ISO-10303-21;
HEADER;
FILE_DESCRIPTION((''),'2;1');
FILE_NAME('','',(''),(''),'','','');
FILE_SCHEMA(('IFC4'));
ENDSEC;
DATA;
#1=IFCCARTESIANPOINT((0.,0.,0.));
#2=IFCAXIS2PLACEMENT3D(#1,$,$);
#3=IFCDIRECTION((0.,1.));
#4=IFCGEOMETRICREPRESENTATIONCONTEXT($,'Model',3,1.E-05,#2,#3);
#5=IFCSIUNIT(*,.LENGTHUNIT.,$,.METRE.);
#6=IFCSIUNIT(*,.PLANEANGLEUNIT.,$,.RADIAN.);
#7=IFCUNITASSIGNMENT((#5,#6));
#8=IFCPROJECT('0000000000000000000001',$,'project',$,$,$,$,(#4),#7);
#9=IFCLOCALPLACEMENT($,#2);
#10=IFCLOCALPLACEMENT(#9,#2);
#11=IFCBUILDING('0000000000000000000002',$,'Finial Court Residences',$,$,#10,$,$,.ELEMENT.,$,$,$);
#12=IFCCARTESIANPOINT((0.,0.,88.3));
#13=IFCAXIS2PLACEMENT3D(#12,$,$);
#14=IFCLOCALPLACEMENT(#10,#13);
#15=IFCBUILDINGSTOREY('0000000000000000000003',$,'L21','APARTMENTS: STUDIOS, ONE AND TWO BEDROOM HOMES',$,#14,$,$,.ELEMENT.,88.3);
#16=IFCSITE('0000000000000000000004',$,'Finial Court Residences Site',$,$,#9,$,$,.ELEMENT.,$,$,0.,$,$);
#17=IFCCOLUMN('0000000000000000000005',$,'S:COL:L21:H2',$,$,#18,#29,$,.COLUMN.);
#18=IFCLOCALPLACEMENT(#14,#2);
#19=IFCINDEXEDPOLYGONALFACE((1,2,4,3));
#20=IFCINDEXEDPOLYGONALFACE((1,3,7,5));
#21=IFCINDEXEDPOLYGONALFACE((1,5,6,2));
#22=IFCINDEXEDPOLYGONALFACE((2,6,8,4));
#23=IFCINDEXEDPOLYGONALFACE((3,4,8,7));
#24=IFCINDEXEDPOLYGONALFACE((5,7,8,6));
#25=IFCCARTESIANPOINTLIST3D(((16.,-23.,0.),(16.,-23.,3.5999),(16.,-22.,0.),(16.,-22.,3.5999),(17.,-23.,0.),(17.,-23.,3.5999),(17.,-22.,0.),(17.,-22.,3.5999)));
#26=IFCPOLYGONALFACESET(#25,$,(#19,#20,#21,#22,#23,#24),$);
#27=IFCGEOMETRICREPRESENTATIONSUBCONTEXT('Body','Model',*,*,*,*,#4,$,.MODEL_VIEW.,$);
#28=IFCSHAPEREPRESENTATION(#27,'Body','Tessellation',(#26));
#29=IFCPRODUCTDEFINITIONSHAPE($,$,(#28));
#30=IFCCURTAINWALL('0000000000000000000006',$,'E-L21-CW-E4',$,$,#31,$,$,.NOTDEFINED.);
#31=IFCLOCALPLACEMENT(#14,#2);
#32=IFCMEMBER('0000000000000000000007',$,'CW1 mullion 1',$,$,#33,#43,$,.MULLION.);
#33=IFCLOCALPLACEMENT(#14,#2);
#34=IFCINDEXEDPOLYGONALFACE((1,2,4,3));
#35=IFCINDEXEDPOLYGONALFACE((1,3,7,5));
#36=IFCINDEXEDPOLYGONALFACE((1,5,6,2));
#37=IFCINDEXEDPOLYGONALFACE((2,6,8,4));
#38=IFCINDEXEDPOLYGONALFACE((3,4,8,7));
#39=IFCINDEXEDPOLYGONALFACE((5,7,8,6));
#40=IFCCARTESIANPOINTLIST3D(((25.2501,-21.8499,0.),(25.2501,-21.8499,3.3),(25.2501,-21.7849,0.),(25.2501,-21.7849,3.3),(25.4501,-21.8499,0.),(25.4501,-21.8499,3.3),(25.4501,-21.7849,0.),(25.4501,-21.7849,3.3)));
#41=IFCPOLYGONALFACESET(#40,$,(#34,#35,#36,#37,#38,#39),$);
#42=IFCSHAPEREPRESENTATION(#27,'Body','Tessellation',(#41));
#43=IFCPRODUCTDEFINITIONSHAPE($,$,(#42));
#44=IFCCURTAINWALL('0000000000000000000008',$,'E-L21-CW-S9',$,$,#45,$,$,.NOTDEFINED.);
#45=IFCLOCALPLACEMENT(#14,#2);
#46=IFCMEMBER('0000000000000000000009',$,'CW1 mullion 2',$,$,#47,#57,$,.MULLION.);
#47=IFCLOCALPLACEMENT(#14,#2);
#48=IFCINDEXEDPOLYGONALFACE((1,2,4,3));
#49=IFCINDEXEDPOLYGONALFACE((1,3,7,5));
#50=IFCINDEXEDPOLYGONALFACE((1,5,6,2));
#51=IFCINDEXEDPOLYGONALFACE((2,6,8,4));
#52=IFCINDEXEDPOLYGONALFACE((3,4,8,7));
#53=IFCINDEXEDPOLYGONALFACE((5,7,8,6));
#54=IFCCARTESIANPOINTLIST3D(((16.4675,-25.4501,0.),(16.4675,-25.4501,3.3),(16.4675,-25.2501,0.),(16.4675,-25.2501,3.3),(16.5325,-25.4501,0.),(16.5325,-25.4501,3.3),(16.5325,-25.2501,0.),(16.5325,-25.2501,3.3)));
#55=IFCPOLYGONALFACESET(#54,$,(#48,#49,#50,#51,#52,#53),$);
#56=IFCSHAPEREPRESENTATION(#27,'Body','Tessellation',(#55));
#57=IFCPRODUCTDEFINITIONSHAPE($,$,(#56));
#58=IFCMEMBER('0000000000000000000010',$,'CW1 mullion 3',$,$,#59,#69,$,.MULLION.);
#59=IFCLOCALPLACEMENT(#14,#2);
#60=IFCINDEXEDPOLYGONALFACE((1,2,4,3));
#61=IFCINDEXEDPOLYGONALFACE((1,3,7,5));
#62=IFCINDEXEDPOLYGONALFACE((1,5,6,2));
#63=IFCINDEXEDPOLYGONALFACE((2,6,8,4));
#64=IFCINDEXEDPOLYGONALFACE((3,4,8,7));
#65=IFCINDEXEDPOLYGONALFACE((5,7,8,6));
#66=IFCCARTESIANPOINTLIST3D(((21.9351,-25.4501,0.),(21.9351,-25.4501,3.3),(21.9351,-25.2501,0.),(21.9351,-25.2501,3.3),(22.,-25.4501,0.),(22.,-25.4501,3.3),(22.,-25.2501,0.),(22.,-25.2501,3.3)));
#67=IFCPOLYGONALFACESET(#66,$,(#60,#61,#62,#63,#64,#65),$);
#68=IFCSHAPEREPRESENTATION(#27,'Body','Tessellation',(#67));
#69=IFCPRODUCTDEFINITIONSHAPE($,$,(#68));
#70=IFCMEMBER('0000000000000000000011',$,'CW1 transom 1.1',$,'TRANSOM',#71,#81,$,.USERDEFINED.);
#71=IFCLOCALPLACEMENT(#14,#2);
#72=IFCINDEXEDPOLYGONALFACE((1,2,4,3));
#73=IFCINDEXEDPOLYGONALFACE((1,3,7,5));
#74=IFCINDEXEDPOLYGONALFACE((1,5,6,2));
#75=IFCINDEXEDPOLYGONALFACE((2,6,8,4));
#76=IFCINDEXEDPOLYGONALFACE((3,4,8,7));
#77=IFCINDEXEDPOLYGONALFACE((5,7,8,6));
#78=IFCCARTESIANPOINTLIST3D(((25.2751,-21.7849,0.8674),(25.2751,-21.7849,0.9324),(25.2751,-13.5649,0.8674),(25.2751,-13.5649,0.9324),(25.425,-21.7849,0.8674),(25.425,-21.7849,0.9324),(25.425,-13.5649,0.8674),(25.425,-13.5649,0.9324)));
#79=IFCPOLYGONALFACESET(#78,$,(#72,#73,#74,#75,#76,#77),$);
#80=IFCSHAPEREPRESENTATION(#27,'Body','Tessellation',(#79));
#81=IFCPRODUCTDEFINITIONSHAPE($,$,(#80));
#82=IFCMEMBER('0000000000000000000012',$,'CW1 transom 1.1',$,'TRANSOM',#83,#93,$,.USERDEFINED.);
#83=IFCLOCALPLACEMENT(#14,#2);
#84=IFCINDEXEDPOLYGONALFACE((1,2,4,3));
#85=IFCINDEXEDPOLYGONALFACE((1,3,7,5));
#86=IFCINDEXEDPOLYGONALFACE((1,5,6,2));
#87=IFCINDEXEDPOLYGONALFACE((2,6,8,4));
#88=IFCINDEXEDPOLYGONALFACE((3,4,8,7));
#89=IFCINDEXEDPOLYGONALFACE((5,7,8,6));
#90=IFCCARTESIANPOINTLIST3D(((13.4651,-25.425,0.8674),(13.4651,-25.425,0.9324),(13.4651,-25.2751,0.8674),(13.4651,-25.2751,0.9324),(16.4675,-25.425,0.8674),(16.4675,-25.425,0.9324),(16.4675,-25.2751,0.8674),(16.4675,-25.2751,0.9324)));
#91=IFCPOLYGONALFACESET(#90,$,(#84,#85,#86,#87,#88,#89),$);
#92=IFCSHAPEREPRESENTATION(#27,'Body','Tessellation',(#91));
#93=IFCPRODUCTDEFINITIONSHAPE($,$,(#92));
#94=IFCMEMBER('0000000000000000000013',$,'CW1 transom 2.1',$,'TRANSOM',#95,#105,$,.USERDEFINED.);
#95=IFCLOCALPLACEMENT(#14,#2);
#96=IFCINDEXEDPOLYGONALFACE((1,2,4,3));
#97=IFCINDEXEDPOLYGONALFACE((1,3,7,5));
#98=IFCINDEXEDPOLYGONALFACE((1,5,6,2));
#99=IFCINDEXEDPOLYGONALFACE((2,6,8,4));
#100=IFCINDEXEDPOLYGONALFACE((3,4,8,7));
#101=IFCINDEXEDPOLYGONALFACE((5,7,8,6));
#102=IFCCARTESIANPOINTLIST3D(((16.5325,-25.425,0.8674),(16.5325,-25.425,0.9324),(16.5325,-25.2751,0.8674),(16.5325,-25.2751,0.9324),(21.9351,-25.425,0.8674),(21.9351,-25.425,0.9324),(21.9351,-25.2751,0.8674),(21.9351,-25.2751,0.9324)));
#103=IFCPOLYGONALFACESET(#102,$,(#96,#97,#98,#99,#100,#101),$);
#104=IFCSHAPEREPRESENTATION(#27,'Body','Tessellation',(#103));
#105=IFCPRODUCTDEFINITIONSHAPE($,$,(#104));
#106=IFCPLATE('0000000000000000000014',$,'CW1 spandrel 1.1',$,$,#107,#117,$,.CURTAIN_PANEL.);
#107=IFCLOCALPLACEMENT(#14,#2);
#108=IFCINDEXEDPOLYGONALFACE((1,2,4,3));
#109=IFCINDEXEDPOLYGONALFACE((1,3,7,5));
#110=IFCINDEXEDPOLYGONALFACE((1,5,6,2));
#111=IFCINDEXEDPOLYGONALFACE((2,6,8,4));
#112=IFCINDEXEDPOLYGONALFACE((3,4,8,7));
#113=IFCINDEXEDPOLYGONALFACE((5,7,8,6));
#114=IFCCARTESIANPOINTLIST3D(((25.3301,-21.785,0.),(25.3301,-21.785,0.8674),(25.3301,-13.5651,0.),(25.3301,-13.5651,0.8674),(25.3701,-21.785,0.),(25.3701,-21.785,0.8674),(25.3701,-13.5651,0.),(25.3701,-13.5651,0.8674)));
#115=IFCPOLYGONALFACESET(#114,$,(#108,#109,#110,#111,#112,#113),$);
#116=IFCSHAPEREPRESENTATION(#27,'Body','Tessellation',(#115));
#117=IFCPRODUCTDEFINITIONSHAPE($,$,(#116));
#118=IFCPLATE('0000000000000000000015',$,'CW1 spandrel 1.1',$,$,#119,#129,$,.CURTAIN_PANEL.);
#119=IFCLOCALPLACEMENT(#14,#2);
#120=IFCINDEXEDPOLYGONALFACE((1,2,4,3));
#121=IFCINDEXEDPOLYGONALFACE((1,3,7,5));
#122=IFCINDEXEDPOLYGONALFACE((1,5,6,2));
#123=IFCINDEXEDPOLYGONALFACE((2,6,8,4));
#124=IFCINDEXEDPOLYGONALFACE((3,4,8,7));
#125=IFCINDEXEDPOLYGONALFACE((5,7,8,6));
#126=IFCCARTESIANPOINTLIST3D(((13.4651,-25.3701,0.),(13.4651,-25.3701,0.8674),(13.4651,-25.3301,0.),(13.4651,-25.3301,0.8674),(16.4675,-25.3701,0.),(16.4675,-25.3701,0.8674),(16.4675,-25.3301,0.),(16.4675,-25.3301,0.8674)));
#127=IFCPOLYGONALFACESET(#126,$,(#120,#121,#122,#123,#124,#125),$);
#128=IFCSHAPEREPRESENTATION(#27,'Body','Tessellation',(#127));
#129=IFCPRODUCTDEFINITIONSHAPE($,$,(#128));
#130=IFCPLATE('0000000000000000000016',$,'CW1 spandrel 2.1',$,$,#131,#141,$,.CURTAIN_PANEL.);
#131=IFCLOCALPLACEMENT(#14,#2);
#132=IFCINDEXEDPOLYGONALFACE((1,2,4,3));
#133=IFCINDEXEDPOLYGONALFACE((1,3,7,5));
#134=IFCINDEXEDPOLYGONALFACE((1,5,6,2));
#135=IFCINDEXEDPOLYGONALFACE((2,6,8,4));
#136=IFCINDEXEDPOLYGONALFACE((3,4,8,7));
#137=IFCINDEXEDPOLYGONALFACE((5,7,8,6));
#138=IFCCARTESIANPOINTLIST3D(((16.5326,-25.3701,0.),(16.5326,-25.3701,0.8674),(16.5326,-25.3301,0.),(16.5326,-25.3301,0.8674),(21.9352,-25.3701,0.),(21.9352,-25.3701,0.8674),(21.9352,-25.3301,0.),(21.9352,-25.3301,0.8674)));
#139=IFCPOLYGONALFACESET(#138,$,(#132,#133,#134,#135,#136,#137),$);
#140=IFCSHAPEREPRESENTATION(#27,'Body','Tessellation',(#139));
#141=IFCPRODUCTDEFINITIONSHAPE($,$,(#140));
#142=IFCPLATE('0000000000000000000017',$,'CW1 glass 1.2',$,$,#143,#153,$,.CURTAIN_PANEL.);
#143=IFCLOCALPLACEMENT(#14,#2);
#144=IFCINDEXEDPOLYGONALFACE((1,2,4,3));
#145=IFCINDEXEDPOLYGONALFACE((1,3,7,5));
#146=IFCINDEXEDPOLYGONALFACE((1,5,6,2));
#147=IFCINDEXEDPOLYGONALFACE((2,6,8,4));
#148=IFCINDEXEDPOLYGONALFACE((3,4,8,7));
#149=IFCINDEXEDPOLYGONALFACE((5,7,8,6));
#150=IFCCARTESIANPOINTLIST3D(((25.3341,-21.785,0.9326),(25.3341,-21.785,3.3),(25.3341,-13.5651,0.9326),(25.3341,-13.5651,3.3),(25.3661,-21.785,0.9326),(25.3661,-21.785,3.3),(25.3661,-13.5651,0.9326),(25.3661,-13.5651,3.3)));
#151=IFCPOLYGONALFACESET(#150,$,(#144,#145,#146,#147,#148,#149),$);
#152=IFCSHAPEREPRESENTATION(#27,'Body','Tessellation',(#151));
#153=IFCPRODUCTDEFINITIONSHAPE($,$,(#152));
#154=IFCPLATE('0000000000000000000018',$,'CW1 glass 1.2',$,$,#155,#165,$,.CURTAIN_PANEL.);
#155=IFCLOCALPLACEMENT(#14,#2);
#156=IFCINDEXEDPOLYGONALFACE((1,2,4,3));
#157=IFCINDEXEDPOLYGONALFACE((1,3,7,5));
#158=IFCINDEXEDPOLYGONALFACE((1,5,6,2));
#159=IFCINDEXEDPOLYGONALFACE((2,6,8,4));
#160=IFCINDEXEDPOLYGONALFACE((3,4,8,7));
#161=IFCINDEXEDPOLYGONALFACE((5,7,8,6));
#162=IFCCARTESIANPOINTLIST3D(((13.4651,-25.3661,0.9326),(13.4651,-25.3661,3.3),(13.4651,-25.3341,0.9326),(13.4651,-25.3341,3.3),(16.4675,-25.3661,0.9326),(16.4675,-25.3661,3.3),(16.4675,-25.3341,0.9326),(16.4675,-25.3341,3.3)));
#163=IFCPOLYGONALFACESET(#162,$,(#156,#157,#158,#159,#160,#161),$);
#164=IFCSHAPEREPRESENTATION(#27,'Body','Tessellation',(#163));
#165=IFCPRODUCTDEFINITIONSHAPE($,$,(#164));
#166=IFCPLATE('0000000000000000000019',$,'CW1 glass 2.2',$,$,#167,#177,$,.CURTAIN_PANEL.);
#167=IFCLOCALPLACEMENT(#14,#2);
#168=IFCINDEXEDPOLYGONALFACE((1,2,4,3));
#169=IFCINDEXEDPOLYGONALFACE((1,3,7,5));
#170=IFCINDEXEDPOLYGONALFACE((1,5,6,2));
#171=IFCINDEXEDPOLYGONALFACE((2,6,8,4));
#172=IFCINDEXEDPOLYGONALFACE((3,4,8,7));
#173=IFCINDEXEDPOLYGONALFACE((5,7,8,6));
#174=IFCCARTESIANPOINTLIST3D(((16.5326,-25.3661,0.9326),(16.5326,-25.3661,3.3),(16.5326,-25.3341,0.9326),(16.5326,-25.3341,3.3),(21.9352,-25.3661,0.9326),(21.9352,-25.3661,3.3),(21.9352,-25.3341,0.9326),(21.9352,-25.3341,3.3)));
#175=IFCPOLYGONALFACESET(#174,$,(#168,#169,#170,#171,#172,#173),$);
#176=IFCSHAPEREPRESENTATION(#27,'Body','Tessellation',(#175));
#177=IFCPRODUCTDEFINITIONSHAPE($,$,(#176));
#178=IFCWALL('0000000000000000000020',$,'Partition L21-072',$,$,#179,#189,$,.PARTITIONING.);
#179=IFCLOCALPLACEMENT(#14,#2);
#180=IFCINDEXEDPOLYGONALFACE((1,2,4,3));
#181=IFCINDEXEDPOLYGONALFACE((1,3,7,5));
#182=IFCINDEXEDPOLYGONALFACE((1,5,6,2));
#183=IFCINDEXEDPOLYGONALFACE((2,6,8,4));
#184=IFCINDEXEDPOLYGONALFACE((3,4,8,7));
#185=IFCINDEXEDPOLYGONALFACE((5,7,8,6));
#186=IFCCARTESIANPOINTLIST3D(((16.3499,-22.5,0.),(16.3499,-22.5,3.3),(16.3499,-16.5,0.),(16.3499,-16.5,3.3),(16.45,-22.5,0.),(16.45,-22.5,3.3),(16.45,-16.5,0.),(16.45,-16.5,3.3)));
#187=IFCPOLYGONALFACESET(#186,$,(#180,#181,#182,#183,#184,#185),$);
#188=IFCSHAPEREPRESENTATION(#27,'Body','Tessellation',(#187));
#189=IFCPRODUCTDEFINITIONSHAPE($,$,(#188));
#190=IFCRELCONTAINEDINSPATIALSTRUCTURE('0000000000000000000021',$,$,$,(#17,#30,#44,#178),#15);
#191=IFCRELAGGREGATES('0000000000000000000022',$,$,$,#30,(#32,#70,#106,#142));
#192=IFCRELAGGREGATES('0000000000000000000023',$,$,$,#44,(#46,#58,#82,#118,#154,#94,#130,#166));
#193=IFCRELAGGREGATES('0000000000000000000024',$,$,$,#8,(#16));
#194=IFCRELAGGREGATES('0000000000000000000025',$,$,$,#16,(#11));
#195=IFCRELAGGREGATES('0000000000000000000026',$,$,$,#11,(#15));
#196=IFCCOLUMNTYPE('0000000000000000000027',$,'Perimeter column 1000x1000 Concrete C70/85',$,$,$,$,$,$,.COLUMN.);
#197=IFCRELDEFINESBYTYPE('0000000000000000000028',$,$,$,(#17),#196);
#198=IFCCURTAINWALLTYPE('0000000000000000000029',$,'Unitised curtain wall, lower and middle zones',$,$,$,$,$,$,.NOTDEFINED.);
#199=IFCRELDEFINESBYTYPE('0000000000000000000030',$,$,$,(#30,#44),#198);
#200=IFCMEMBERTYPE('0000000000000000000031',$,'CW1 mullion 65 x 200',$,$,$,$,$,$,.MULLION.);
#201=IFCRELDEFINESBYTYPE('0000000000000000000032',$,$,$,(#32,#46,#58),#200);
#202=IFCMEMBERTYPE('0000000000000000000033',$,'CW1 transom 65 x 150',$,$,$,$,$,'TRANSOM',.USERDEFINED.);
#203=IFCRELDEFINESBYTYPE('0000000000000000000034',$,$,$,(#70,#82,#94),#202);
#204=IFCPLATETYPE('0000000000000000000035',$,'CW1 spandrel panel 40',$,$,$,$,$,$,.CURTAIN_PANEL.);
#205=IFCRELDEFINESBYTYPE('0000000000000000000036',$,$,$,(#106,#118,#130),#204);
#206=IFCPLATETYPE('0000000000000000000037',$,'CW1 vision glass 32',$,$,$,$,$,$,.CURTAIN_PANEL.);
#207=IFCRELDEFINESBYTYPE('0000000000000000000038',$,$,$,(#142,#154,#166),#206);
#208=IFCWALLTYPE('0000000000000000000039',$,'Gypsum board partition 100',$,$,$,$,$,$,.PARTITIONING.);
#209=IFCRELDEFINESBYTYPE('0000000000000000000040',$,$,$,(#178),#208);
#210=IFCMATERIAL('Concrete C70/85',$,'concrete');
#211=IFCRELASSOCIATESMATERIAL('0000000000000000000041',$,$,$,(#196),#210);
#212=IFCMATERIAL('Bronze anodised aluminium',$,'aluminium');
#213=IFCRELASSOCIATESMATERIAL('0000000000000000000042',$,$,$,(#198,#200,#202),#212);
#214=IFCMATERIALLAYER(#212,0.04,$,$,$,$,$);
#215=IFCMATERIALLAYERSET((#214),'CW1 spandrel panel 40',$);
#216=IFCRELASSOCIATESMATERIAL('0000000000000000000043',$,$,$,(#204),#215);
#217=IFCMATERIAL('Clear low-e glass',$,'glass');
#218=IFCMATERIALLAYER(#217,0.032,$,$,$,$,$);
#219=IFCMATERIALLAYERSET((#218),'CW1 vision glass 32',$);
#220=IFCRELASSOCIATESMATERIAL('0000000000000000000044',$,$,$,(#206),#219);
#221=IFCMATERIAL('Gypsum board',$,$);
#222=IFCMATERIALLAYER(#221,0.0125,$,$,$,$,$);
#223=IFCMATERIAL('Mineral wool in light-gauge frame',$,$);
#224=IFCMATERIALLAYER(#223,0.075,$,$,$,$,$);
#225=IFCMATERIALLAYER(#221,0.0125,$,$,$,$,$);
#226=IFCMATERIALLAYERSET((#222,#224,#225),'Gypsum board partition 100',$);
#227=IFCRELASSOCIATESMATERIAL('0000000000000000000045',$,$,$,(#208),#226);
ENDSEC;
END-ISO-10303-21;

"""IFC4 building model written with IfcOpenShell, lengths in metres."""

from ifc_helpers import new_model, si_unit, direction, frame, frame_2d, origin, origin_2d, place, context, subcontext, project, spatial, rectangle, extrude, material, layer, layer_set, material_profile, profile_set, type_object, element, aggregate, save


model = new_model("IFC4")

# Units and contexts
model_context = context("Model", 3, precision=1e-05, world=origin(), true_north=direction((0.0, 1.0)))
body_context = subcontext(model_context, "Body", "Model", "MODEL_VIEW")
ifc_project = project(units=[si_unit("LENGTHUNIT", "METRE"), si_unit("PLANEANGLEUNIT", "RADIAN")], contexts=[model_context])

# Site, building, storey
site_placement = place(None, origin())
site = spatial("IfcSite", under=ifc_project, at=site_placement, Name="Finial Court Residences Site", CompositionType="ELEMENT", RefElevation=0.0)
building_placement = place(site_placement, origin())
building = spatial("IfcBuilding", under=site, at=building_placement, Name="Finial Court Residences", CompositionType="ELEMENT")
storey_placement = place(building_placement, frame((0.0, 0.0, 88.3)))
storey = spatial("IfcBuildingStorey", under=building, at=storey_placement, Name="L21", Description="APARTMENTS: STUDIOS, ONE AND TWO BEDROOM HOMES", CompositionType="ELEMENT", Elevation=88.3)

# Column
ifc_material_1 = material(Name="Concrete C70/85", Category="concrete")
ifc_material_profile_1 = material_profile(ifc_material_1, rectangle(XDim=1.0, YDim=1.0, at=origin_2d()), Name="1000x1000")
ifc_profile_set_1 = profile_set([ifc_material_profile_1], Name="Concrete C70/85")
column_type = type_object("IfcColumnType", Name="Perimeter column 1000x1000 Concrete C70/85", PredefinedType="COLUMN", material=ifc_profile_set_1)
column_placement = place(storey_placement, frame((16.5, -22.5, 0.0), z_axis=(0.0, 0.0, 1.0), x_axis=(1.0, 0.0, 0.0)))
element("IfcColumn", 1, at=column_placement, inside=storey, type_object=column_type, Name="S:COL:L21:H2", PredefinedType="COLUMN", context=body_context, shape_type="SweptSolid", body=[
    extrude(rectangle(XDim=1.0, YDim=1.0, at=origin_2d()), origin(), (0.0, 0.0, 1.0), 3.5999),
])

# Curtain wall, member
ifc_material_2 = material(Name="Bronze anodised aluminium", Category="aluminium")
curtain_wall_type = type_object("IfcCurtainWallType", Name="Unitised curtain wall, lower and middle zones", PredefinedType="NOTDEFINED", material=ifc_material_2)
curtain_wall_1_placement = place(storey_placement, origin())
curtain_wall_1 = element("IfcCurtainWall", 2, at=curtain_wall_1_placement, inside=storey, type_object=curtain_wall_type, Name="E-L21-CW-E4", PredefinedType="NOTDEFINED")
ifc_material_profile_2 = material_profile(ifc_material_2, rectangle(XDim=0.2, YDim=0.0649, at=origin_2d()), Name="CW1 mullion 65 x 200")
ifc_profile_set_2 = profile_set([ifc_material_profile_2], Name="Bronze anodised aluminium")
member_type_1 = type_object("IfcMemberType", Name="CW1 mullion 65 x 200", PredefinedType="MULLION", material=ifc_profile_set_2)
member_1_placement = place(storey_placement, frame((25.3501, -21.8174, 0.0), z_axis=(0.0, 0.0, 1.0), x_axis=(-1.0, 0.0, 0.0)))
member_1 = element("IfcMember", 3, at=member_1_placement, type_object=member_type_1, Name="CW1 mullion 1", PredefinedType="MULLION", context=body_context, shape_type="SweptSolid", body=[
    extrude(rectangle(XDim=0.2, YDim=0.0649, at=origin_2d()), origin(), (0.0, 0.0, 1.0), 3.3),
])

# Curtain wall, members
curtain_wall_2_placement = place(storey_placement, origin())
curtain_wall_2 = element("IfcCurtainWall", 4, at=curtain_wall_2_placement, inside=storey, type_object=curtain_wall_type, Name="E-L21-CW-S9", PredefinedType="NOTDEFINED")
member_2_placement = place(storey_placement, frame((16.5, -25.3501, 0.0), z_axis=(0.0, 0.0, 1.0), x_axis=(0.0, 1.0, 0.0)))
member_2 = element("IfcMember", 5, at=member_2_placement, type_object=member_type_1, Name="CW1 mullion 2", PredefinedType="MULLION", context=body_context, shape_type="SweptSolid", body=[
    extrude(rectangle(XDim=0.2, YDim=0.0649, at=origin_2d()), origin(), (0.0, 0.0, 1.0), 3.3),
])
member_3_placement = place(storey_placement, frame((21.9675, -25.3501, 0.0), z_axis=(0.0, 0.0, 1.0), x_axis=(0.0, 1.0, 0.0)))
member_3 = element("IfcMember", 6, at=member_3_placement, type_object=member_type_1, Name="CW1 mullion 3", PredefinedType="MULLION", context=body_context, shape_type="SweptSolid", body=[
    extrude(rectangle(XDim=0.2, YDim=0.0649, at=origin_2d()), origin(), (0.0, 0.0, 1.0), 3.3),
])

# Members
ifc_material_profile_3 = material_profile(ifc_material_2, rectangle(XDim=0.1499, YDim=0.0649, at=origin_2d()), Name="CW1 transom 65 x 150")
ifc_profile_set_3 = profile_set([ifc_material_profile_3], Name="Bronze anodised aluminium")
member_type_2 = type_object("IfcMemberType", Name="CW1 transom 65 x 150", ElementType="TRANSOM", PredefinedType="USERDEFINED", material=ifc_profile_set_3)
member_4_placement = place(storey_placement, frame((25.3501, -21.7849, 0.8999), z_axis=(0.0, 1.0, 0.0), x_axis=(-1.0, 0.0, 0.0)))
member_4 = element("IfcMember", 7, at=member_4_placement, type_object=member_type_2, Name="CW1 transom 1.1", ObjectType="TRANSOM", PredefinedType="USERDEFINED", context=body_context, shape_type="SweptSolid", body=[
    extrude(rectangle(XDim=0.1499, YDim=0.0649, at=origin_2d()), origin(), (0.0, 0.0, 1.0), 8.22),
])
member_5_placement = place(storey_placement, frame((13.4651, -25.3501, 0.8999), z_axis=(1.0, 0.0, 0.0), x_axis=(0.0, 1.0, 0.0)))
member_5 = element("IfcMember", 8, at=member_5_placement, type_object=member_type_2, Name="CW1 transom 1.1", ObjectType="TRANSOM", PredefinedType="USERDEFINED", context=body_context, shape_type="SweptSolid", body=[
    extrude(rectangle(XDim=0.1499, YDim=0.0649, at=origin_2d()), origin(), (0.0, 0.0, 1.0), 3.0024),
])
member_6_placement = place(storey_placement, frame((16.5325, -25.3501, 0.8999), z_axis=(1.0, 0.0, 0.0), x_axis=(0.0, 1.0, 0.0)))
member_6 = element("IfcMember", 9, at=member_6_placement, type_object=member_type_2, Name="CW1 transom 2.1", ObjectType="TRANSOM", PredefinedType="USERDEFINED", context=body_context, shape_type="SweptSolid", body=[
    extrude(rectangle(XDim=0.1499, YDim=0.0649, at=origin_2d()), origin(), (0.0, 0.0, 1.0), 5.4026),
])

# Plates
ifc_layer_1 = layer(ifc_material_2, 0.04)
ifc_layer_set_1 = layer_set([ifc_layer_1], Name="CW1 spandrel panel 40")
plate_type_1 = type_object("IfcPlateType", Name="CW1 spandrel panel 40", PredefinedType="CURTAIN_PANEL", material=ifc_layer_set_1)
plate_1_placement = place(storey_placement, frame((25.3501, -17.675, 0.0), z_axis=(0.0, 0.0, 1.0), x_axis=(0.0, 1.0, 0.0)))
plate_1 = element("IfcPlate", 10, at=plate_1_placement, type_object=plate_type_1, Name="CW1 spandrel 1.1", PredefinedType="CURTAIN_PANEL", context=body_context, shape_type="SweptSolid", body=[
    extrude(rectangle(XDim=8.22, YDim=0.04, at=origin_2d()), origin(), (0.0, 0.0, 1.0), 0.8674),
])
plate_2_placement = place(storey_placement, frame((14.9663, -25.3501, 0.0), z_axis=(0.0, 0.0, 1.0), x_axis=(1.0, 0.0, 0.0)))
plate_2 = element("IfcPlate", 11, at=plate_2_placement, type_object=plate_type_1, Name="CW1 spandrel 1.1", PredefinedType="CURTAIN_PANEL", context=body_context, shape_type="SweptSolid", body=[
    extrude(rectangle(XDim=3.0024, YDim=0.04, at=origin_2d()), origin(), (0.0, 0.0, 1.0), 0.8674),
])
plate_3_placement = place(storey_placement, frame((19.2339, -25.3501, 0.0), z_axis=(0.0, 0.0, 1.0), x_axis=(1.0, 0.0, 0.0)))
plate_3 = element("IfcPlate", 12, at=plate_3_placement, type_object=plate_type_1, Name="CW1 spandrel 2.1", PredefinedType="CURTAIN_PANEL", context=body_context, shape_type="SweptSolid", body=[
    extrude(rectangle(XDim=5.4026, YDim=0.04, at=origin_2d()), origin(), (0.0, 0.0, 1.0), 0.8674),
])
ifc_material_3 = material(Name="Clear low-e glass", Category="glass")
ifc_layer_2 = layer(ifc_material_3, 0.032)
ifc_layer_set_2 = layer_set([ifc_layer_2], Name="CW1 vision glass 32")
plate_type_2 = type_object("IfcPlateType", Name="CW1 vision glass 32", PredefinedType="CURTAIN_PANEL", material=ifc_layer_set_2)
plate_4_placement = place(storey_placement, frame((25.3501, -17.675, 0.9326), z_axis=(0.0, 0.0, 1.0), x_axis=(0.0, 1.0, 0.0)))
plate_4 = element("IfcPlate", 13, at=plate_4_placement, type_object=plate_type_2, Name="CW1 glass 1.2", PredefinedType="CURTAIN_PANEL", context=body_context, shape_type="SweptSolid", body=[
    extrude(rectangle(XDim=8.22, YDim=0.032, at=origin_2d()), origin(), (0.0, 0.0, 1.0), 2.3674),
])
aggregate(curtain_wall_1, [member_1, member_4, plate_1, plate_4])
plate_5_placement = place(storey_placement, frame((14.9663, -25.3501, 0.9326), z_axis=(0.0, 0.0, 1.0), x_axis=(1.0, 0.0, 0.0)))
plate_5 = element("IfcPlate", 14, at=plate_5_placement, type_object=plate_type_2, Name="CW1 glass 1.2", PredefinedType="CURTAIN_PANEL", context=body_context, shape_type="SweptSolid", body=[
    extrude(rectangle(XDim=3.0024, YDim=0.032, at=origin_2d()), origin(), (0.0, 0.0, 1.0), 2.3674),
])
plate_6_placement = place(storey_placement, frame((19.2339, -25.3501, 0.9326), z_axis=(0.0, 0.0, 1.0), x_axis=(1.0, 0.0, 0.0)))
plate_6 = element("IfcPlate", 15, at=plate_6_placement, type_object=plate_type_2, Name="CW1 glass 2.2", PredefinedType="CURTAIN_PANEL", context=body_context, shape_type="SweptSolid", body=[
    extrude(rectangle(XDim=5.4026, YDim=0.032, at=origin_2d()), origin(), (0.0, 0.0, 1.0), 2.3674),
])
aggregate(curtain_wall_2, [member_2, member_3, member_5, plate_2, plate_5, member_6, plate_3, plate_6])

# Wall
ifc_material_4 = material(Name="Gypsum board")
ifc_layer_3 = layer(ifc_material_4, 0.0125)
ifc_material_5 = material(Name="Mineral wool in light-gauge frame")
ifc_layer_4 = layer(ifc_material_5, 0.075)
ifc_layer_5 = layer(ifc_material_4, 0.0125)
ifc_layer_set_3 = layer_set([ifc_layer_3, ifc_layer_4, ifc_layer_5], Name="Gypsum board partition 100")
wall_type_1 = type_object("IfcWallType", Name="Gypsum board partition 100", PredefinedType="PARTITIONING", material=ifc_layer_set_3)
wall_1_placement = place(storey_placement, frame((16.3999, -22.5, 0.0), z_axis=(0.0, 0.0, 1.0), x_axis=(0.0, 1.0, 0.0)))
element("IfcWall", 16, at=wall_1_placement, inside=storey, type_object=wall_type_1, Name="Partition L21-072", PredefinedType="PARTITIONING", context=body_context, shape_type="SweptSolid", body=[
    extrude(rectangle(XDim=6.0, YDim=0.1001, at=frame_2d((3.0, 0.0))), origin(), (0.0, 0.0, 1.0), 3.3),
])

save(model, "model.ifc")
